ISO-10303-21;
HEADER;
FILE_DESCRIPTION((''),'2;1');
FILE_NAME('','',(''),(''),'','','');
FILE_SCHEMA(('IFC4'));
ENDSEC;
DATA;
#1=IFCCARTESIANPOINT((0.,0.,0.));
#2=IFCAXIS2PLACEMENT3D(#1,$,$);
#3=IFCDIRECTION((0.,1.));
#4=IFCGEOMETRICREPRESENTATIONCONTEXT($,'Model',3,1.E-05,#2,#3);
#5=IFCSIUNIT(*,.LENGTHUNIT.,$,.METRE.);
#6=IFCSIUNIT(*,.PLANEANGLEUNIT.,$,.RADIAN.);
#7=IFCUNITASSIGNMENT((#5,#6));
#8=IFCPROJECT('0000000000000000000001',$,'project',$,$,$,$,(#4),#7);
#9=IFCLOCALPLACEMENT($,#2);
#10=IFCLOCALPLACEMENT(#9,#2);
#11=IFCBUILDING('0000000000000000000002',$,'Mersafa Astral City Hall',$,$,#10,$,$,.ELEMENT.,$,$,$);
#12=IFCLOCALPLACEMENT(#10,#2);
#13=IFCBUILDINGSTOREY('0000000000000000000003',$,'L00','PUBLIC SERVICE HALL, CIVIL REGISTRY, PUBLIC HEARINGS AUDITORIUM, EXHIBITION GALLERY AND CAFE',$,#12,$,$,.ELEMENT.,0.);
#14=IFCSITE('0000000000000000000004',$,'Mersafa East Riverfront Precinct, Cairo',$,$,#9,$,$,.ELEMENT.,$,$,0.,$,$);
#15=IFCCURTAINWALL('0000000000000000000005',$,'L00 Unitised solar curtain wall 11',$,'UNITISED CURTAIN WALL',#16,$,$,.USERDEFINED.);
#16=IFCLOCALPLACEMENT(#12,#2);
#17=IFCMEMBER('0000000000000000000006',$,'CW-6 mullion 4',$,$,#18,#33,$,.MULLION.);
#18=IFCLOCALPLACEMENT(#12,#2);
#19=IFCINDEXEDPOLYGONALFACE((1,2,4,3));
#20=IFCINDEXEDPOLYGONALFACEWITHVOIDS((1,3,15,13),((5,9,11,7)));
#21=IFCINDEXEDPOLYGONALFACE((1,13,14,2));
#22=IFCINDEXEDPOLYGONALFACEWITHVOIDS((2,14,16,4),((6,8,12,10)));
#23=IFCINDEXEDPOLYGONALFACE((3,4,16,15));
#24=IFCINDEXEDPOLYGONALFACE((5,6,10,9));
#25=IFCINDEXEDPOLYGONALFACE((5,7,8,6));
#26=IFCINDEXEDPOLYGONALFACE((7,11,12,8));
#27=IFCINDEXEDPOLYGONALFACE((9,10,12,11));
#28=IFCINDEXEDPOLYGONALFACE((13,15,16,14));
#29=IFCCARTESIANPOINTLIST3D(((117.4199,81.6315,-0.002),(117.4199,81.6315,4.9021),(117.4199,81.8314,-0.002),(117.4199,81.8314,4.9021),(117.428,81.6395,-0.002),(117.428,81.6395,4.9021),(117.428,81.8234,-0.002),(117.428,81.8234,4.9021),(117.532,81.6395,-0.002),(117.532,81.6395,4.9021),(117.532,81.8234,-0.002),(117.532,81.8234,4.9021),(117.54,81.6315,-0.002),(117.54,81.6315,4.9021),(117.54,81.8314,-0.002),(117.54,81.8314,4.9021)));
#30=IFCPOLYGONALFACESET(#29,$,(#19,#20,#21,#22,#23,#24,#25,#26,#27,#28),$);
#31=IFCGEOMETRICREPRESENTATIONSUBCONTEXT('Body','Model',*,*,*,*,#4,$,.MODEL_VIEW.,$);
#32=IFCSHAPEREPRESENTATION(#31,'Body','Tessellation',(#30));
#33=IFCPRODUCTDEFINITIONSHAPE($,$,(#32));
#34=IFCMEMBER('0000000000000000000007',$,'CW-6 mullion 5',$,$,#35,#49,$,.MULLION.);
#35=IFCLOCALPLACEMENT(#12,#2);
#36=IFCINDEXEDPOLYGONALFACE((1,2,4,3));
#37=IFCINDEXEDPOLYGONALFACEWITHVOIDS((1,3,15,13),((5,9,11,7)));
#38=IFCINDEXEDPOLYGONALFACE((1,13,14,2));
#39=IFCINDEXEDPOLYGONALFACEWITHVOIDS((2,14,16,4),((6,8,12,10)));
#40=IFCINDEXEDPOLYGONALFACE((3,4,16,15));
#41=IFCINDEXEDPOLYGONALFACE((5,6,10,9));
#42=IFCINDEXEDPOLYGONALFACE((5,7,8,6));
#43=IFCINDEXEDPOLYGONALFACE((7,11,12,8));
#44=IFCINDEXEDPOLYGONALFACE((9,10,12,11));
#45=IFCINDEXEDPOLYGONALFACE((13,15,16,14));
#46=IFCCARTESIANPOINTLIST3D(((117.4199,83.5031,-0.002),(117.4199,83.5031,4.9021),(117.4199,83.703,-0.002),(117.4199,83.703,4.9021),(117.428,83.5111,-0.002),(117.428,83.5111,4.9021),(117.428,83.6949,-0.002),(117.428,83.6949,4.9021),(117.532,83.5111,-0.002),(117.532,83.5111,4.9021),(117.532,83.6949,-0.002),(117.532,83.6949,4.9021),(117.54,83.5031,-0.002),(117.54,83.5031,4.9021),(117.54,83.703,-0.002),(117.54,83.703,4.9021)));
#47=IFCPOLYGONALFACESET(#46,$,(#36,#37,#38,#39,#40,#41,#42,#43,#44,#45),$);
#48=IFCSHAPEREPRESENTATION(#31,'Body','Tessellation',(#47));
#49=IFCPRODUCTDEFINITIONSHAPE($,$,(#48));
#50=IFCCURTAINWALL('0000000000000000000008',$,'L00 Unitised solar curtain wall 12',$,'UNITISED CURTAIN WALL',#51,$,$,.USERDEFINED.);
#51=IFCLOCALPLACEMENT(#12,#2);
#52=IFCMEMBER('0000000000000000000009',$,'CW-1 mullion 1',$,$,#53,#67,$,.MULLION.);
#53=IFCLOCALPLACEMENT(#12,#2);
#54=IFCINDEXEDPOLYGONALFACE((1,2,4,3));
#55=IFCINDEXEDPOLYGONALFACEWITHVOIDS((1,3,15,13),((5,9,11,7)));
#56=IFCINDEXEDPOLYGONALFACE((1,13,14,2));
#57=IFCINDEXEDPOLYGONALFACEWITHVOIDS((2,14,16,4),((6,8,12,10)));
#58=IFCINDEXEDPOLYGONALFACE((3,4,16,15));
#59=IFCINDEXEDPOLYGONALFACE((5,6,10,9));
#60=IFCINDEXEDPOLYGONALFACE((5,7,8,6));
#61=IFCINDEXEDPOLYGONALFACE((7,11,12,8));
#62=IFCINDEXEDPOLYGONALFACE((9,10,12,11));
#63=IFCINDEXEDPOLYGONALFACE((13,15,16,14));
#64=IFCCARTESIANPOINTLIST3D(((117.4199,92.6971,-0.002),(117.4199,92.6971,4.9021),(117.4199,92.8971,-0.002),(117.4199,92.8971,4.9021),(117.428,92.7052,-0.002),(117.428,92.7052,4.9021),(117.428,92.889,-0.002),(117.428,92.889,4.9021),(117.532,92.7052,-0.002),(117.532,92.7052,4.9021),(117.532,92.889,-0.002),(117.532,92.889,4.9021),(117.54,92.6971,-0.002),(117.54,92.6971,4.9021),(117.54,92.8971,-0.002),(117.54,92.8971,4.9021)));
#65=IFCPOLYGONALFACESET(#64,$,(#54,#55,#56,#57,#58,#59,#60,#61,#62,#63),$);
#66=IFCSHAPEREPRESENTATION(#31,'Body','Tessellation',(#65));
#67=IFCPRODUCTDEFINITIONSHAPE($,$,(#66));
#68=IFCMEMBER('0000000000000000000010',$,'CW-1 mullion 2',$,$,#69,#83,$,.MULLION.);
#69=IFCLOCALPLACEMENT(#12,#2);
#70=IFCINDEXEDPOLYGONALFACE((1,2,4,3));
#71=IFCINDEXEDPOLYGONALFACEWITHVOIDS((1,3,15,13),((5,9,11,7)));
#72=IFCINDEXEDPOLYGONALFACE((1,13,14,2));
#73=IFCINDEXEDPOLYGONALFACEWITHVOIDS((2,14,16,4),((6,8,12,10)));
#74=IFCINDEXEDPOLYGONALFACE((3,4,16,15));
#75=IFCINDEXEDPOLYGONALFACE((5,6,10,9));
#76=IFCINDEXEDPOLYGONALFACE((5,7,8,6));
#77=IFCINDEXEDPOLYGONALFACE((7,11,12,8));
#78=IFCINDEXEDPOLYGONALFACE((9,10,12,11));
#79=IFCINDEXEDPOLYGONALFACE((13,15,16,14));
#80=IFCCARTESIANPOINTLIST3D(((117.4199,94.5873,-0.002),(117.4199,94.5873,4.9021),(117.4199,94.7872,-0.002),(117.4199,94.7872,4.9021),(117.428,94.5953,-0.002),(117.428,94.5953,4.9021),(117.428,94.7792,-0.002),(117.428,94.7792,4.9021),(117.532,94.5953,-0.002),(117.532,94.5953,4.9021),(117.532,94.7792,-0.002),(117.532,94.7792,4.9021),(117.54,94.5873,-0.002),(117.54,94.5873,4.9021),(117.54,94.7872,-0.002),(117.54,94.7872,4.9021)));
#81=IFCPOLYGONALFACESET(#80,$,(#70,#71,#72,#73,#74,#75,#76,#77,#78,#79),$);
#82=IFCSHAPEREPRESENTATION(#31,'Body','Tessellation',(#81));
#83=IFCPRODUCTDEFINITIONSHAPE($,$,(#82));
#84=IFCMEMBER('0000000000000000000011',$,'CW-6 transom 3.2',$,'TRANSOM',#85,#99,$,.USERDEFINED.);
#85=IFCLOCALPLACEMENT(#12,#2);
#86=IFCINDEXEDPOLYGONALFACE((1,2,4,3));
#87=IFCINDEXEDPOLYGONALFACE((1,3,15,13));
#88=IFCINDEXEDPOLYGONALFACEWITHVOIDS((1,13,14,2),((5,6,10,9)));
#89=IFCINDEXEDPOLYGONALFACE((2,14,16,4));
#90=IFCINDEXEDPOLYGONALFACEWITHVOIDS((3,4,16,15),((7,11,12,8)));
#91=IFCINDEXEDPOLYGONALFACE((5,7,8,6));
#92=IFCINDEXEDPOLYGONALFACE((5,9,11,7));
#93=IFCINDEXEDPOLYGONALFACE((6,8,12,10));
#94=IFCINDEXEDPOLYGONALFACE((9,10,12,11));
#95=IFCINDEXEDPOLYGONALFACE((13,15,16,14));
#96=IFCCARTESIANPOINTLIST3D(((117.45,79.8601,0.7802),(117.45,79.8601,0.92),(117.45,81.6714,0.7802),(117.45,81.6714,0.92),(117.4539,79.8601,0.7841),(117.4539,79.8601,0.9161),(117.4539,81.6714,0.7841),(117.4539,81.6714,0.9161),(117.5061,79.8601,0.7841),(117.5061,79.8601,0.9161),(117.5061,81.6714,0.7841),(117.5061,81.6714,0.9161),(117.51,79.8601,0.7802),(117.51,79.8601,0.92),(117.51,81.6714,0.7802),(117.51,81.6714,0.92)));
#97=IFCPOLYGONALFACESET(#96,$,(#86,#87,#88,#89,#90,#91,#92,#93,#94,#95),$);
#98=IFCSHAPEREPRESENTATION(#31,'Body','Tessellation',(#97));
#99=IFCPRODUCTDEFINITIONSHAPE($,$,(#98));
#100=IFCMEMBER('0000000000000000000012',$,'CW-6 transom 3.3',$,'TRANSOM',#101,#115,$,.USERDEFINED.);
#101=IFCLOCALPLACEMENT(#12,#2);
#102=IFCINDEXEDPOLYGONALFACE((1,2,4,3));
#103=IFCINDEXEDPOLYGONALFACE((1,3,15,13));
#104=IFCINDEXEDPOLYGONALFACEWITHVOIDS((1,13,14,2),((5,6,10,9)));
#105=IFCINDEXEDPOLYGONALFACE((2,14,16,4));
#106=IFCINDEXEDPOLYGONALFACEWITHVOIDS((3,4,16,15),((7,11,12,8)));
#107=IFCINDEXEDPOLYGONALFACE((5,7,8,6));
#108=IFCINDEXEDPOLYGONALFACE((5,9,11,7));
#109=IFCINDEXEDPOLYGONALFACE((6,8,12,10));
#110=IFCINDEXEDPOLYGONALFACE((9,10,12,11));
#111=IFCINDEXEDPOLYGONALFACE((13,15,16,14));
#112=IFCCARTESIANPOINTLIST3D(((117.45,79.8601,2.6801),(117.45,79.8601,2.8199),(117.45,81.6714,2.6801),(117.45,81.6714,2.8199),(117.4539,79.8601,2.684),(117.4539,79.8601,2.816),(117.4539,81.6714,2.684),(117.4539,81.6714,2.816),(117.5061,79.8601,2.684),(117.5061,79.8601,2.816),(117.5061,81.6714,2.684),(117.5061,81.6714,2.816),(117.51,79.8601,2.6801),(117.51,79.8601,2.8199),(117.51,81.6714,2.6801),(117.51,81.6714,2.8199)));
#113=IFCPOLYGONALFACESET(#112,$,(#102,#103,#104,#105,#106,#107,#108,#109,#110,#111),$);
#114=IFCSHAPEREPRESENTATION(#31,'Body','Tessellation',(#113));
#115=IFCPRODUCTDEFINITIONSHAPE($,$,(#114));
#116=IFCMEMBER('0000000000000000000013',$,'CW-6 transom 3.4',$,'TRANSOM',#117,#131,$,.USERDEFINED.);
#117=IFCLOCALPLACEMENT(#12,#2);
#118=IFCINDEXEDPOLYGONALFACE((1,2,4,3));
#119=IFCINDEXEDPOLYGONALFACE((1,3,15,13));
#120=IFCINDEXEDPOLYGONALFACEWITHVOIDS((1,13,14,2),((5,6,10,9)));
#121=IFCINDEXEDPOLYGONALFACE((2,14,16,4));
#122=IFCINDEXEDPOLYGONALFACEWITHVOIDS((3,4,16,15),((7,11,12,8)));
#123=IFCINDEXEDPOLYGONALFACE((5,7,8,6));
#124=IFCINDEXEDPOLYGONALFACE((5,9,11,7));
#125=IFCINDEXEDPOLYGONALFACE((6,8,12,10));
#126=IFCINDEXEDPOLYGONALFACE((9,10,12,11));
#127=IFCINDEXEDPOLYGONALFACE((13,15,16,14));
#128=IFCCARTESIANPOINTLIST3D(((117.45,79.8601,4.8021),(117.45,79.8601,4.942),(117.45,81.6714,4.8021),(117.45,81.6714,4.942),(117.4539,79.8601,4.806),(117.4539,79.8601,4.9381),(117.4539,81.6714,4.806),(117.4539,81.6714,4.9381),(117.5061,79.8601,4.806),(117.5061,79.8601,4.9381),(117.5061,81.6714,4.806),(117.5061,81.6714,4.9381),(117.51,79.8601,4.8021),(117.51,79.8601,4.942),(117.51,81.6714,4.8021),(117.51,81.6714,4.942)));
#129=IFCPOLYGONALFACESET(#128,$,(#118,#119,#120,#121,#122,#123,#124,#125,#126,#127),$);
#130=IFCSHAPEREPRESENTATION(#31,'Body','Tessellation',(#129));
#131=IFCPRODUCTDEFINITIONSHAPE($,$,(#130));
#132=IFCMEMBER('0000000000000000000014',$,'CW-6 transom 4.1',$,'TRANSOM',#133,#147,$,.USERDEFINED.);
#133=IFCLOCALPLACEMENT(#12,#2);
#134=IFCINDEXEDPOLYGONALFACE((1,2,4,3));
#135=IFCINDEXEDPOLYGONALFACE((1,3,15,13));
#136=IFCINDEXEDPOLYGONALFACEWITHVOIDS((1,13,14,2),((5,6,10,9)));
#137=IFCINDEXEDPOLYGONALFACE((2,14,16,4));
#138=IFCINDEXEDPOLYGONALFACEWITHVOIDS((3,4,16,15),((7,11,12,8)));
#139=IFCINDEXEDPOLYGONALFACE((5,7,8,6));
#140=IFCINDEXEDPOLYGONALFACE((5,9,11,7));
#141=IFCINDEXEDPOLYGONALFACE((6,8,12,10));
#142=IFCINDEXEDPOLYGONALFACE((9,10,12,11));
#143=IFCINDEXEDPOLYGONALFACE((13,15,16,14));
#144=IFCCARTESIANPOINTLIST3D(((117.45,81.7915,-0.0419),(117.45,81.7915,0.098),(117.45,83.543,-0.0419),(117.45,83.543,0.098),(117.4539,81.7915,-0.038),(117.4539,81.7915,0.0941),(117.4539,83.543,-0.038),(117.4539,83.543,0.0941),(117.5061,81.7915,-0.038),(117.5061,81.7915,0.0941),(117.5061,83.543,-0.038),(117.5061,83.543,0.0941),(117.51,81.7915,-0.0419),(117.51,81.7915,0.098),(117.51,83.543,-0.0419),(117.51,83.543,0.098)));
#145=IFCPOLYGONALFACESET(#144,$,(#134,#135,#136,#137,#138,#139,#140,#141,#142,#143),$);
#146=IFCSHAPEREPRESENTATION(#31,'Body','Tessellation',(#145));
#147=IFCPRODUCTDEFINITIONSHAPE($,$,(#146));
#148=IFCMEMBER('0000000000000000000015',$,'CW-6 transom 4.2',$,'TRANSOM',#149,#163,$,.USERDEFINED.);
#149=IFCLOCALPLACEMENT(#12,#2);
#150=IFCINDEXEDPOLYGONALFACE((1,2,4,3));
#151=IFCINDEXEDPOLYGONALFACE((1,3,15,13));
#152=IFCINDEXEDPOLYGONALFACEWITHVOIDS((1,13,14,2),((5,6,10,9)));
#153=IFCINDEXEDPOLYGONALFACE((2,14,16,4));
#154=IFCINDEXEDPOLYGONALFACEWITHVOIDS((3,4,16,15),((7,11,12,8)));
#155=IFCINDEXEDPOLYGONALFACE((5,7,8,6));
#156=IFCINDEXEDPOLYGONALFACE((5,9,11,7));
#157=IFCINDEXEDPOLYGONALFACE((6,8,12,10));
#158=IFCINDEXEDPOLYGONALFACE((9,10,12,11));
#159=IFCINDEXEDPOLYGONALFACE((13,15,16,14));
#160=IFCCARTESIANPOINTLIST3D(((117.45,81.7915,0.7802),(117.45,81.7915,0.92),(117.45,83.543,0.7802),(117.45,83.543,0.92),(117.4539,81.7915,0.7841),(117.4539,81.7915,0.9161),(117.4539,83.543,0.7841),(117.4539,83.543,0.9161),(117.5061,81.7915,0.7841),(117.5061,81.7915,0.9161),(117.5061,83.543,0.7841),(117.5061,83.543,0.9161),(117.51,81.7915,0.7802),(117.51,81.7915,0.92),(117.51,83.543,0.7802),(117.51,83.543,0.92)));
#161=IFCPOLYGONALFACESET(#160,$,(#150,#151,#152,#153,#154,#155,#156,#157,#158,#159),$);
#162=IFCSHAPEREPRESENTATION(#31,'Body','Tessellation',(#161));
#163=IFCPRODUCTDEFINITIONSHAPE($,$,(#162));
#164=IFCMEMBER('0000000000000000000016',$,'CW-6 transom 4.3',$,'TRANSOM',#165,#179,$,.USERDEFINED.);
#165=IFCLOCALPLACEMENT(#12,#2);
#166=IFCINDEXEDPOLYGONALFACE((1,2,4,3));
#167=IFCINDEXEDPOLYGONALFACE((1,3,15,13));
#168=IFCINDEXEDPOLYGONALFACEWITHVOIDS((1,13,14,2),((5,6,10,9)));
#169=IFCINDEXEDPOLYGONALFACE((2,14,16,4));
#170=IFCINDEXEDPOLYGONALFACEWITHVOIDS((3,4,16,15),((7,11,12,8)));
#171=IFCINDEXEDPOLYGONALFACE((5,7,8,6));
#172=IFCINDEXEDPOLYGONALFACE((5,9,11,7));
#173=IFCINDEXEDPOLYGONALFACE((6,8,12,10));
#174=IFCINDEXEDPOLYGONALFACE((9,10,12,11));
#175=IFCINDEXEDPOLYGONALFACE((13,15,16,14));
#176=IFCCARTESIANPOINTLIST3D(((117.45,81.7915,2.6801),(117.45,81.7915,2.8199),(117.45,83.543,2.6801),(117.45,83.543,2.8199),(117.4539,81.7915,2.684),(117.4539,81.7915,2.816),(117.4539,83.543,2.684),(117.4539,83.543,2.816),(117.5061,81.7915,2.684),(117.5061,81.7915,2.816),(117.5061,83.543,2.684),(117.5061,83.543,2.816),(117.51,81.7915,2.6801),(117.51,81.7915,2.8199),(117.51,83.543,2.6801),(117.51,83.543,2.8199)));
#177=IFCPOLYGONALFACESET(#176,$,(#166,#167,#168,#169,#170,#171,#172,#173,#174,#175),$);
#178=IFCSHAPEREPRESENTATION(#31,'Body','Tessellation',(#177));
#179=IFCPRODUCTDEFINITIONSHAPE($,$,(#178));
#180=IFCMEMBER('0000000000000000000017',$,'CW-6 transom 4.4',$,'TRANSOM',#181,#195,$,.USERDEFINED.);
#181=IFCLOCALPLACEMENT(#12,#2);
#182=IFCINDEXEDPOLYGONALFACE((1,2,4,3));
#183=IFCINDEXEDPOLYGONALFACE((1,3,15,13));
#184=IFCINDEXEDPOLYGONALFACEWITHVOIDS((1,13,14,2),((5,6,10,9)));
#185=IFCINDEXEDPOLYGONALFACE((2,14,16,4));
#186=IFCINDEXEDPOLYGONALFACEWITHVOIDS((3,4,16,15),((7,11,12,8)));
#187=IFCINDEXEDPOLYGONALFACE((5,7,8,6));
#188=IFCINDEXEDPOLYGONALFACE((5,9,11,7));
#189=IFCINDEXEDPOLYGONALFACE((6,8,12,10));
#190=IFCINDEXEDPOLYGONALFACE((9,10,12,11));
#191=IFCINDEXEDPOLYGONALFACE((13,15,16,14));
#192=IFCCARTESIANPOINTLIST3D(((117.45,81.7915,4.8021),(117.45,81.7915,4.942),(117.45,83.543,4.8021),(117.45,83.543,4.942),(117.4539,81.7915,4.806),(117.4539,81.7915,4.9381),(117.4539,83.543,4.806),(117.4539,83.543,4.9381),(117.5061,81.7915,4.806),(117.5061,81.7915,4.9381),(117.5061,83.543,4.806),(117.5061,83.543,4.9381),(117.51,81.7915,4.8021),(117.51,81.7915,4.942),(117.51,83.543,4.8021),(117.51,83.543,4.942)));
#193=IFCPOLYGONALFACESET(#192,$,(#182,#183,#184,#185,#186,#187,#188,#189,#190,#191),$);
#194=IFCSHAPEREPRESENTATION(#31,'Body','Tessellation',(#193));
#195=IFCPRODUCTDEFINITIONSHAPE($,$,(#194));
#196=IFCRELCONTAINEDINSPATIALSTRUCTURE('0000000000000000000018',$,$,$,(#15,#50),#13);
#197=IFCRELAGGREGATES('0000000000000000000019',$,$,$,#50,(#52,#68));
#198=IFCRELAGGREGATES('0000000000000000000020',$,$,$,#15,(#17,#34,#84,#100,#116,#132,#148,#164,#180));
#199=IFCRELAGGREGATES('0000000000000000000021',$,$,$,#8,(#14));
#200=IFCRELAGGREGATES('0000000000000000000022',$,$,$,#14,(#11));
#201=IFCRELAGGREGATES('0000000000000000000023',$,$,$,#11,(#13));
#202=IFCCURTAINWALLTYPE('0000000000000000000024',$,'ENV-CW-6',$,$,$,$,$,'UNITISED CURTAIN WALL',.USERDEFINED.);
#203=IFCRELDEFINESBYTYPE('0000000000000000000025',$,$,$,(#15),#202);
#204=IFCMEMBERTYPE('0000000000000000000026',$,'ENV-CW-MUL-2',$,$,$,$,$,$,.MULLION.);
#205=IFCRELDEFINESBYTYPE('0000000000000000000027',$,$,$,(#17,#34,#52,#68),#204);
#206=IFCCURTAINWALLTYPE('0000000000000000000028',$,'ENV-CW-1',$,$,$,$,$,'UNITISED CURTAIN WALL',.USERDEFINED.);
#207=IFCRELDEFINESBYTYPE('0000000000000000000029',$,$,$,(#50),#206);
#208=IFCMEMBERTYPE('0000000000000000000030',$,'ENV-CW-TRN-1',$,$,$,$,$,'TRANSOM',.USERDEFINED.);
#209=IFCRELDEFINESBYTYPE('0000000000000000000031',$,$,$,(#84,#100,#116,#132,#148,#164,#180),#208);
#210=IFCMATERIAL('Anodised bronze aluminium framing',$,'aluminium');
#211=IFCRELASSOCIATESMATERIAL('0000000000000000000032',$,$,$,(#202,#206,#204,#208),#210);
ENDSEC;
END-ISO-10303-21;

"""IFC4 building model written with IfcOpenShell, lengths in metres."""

from ifc_helpers import new_model, si_unit, direction, frame, origin, origin_2d, place, context, subcontext, project, spatial, hollow_rectangle, extrude, material, material_profile, profile_set, type_object, element, aggregate, save


model = new_model("IFC4")

# Units and contexts
model_context = context("Model", 3, precision=1e-05, world=origin(), true_north=direction((0.0, 1.0)))
body_context = subcontext(model_context, "Body", "Model", "MODEL_VIEW")
ifc_project = project(units=[si_unit("LENGTHUNIT", "METRE"), si_unit("PLANEANGLEUNIT", "RADIAN")], contexts=[model_context])

# Site, building, storey
site_placement = place(None, origin())
site = spatial("IfcSite", under=ifc_project, at=site_placement, Name="Mersafa East Riverfront Precinct, Cairo", CompositionType="ELEMENT", RefElevation=0.0)
building_placement = place(site_placement, origin())
building = spatial("IfcBuilding", under=site, at=building_placement, Name="Mersafa Astral City Hall", CompositionType="ELEMENT")
storey_placement = place(building_placement, origin())
storey = spatial("IfcBuildingStorey", under=building, at=storey_placement, Name="L00", Description="PUBLIC SERVICE HALL, CIVIL REGISTRY, PUBLIC HEARINGS AUDITORIUM, EXHIBITION GALLERY AND CAFE", CompositionType="ELEMENT", Elevation=0.0)

# Curtain walls, members
ifc_material_1 = material(Name="Anodised bronze aluminium framing", Category="aluminium")
curtain_wall_type_1 = type_object("IfcCurtainWallType", Name="ENV-CW-6", ElementType="UNITISED CURTAIN WALL", PredefinedType="USERDEFINED", material=ifc_material_1)
curtain_wall_1_placement = place(storey_placement, origin())
curtain_wall_1 = element("IfcCurtainWall", 1, at=curtain_wall_1_placement, inside=storey, type_object=curtain_wall_type_1, Name="L00 Unitised solar curtain wall 11", ObjectType="UNITISED CURTAIN WALL", PredefinedType="USERDEFINED")
ifc_material_profile_1 = material_profile(ifc_material_1, hollow_rectangle(XDim=0.1201, YDim=0.2, WallThickness=0.0081, at=origin_2d()), Name="RHS 120x200x8")
ifc_profile_set_1 = profile_set([ifc_material_profile_1], Name="Anodised bronze aluminium framing")
member_type_1 = type_object("IfcMemberType", Name="ENV-CW-MUL-2", PredefinedType="MULLION", material=ifc_profile_set_1)
member_1_placement = place(storey_placement, frame((117.48, 81.7314, -0.002), z_axis=(0.0, 0.0, 1.0), x_axis=(-1.0, 0.0, 0.0)))
member_1 = element("IfcMember", 2, at=member_1_placement, type_object=member_type_1, Name="CW-6 mullion 4", PredefinedType="MULLION", context=body_context, shape_type="SweptSolid", body=[
    extrude(hollow_rectangle(XDim=0.1201, YDim=0.2, WallThickness=0.0081, at=origin_2d()), origin(), (0.0, 0.0, 1.0), 4.9041),
])
member_2_placement = place(storey_placement, frame((117.48, 83.603, -0.002), z_axis=(0.0, 0.0, 1.0), x_axis=(-1.0, 0.0, 0.0)))
member_2 = element("IfcMember", 3, at=member_2_placement, type_object=member_type_1, Name="CW-6 mullion 5", PredefinedType="MULLION", context=body_context, shape_type="SweptSolid", body=[
    extrude(hollow_rectangle(XDim=0.1201, YDim=0.2, WallThickness=0.0081, at=origin_2d()), origin(), (0.0, 0.0, 1.0), 4.9041),
])
curtain_wall_type_2 = type_object("IfcCurtainWallType", Name="ENV-CW-1", ElementType="UNITISED CURTAIN WALL", PredefinedType="USERDEFINED", material=ifc_material_1)
curtain_wall_2_placement = place(storey_placement, origin())
curtain_wall_2 = element("IfcCurtainWall", 4, at=curtain_wall_2_placement, inside=storey, type_object=curtain_wall_type_2, Name="L00 Unitised solar curtain wall 12", ObjectType="UNITISED CURTAIN WALL", PredefinedType="USERDEFINED")
member_3_placement = place(storey_placement, frame((117.48, 92.7971, -0.002), z_axis=(0.0, 0.0, 1.0), x_axis=(-1.0, 0.0, 0.0)))
member_3 = element("IfcMember", 5, at=member_3_placement, type_object=member_type_1, Name="CW-1 mullion 1", PredefinedType="MULLION", context=body_context, shape_type="SweptSolid", body=[
    extrude(hollow_rectangle(XDim=0.1201, YDim=0.2, WallThickness=0.0081, at=origin_2d()), origin(), (0.0, 0.0, 1.0), 4.9041),
])
member_4_placement = place(storey_placement, frame((117.48, 94.6873, -0.002), z_axis=(0.0, 0.0, 1.0), x_axis=(-1.0, 0.0, 0.0)))
member_4 = element("IfcMember", 6, at=member_4_placement, type_object=member_type_1, Name="CW-1 mullion 2", PredefinedType="MULLION", context=body_context, shape_type="SweptSolid", body=[
    extrude(hollow_rectangle(XDim=0.1201, YDim=0.2, WallThickness=0.0081, at=origin_2d()), origin(), (0.0, 0.0, 1.0), 4.9041),
])

# Members
ifc_material_profile_2 = material_profile(ifc_material_1, hollow_rectangle(XDim=0.0601, YDim=0.1399, WallThickness=0.0039, at=origin_2d()), Name="RHS 60x140x4")
ifc_profile_set_2 = profile_set([ifc_material_profile_2], Name="Anodised bronze aluminium framing")
member_type_2 = type_object("IfcMemberType", Name="ENV-CW-TRN-1", ElementType="TRANSOM", PredefinedType="USERDEFINED", material=ifc_profile_set_2)
member_5_placement = place(storey_placement, frame((117.48, 79.8601, 0.8501), z_axis=(0.0, 1.0, 0.0), x_axis=(-1.0, 0.0, 0.0)))
member_5 = element("IfcMember", 7, at=member_5_placement, type_object=member_type_2, Name="CW-6 transom 3.2", ObjectType="TRANSOM", PredefinedType="USERDEFINED", context=body_context, shape_type="SweptSolid", body=[
    extrude(hollow_rectangle(XDim=0.0601, YDim=0.1399, WallThickness=0.0039, at=origin_2d()), origin(), (0.0, 0.0, 1.0), 1.8113),
])
member_6_placement = place(storey_placement, frame((117.48, 79.8601, 2.75), z_axis=(0.0, 1.0, 0.0), x_axis=(-1.0, 0.0, 0.0)))
member_6 = element("IfcMember", 8, at=member_6_placement, type_object=member_type_2, Name="CW-6 transom 3.3", ObjectType="TRANSOM", PredefinedType="USERDEFINED", context=body_context, shape_type="SweptSolid", body=[
    extrude(hollow_rectangle(XDim=0.0601, YDim=0.1399, WallThickness=0.0039, at=origin_2d()), origin(), (0.0, 0.0, 1.0), 1.8113),
])
member_7_placement = place(storey_placement, frame((117.48, 79.8601, 4.8721), z_axis=(0.0, 1.0, 0.0), x_axis=(-1.0, 0.0, 0.0)))
member_7 = element("IfcMember", 9, at=member_7_placement, type_object=member_type_2, Name="CW-6 transom 3.4", ObjectType="TRANSOM", PredefinedType="USERDEFINED", context=body_context, shape_type="SweptSolid", body=[
    extrude(hollow_rectangle(XDim=0.0601, YDim=0.1399, WallThickness=0.0039, at=origin_2d()), origin(), (0.0, 0.0, 1.0), 1.8113),
])
member_8_placement = place(storey_placement, frame((117.48, 81.7915, 0.0281), z_axis=(0.0, 1.0, 0.0), x_axis=(-1.0, 0.0, 0.0)))
member_8 = element("IfcMember", 10, at=member_8_placement, type_object=member_type_2, Name="CW-6 transom 4.1", ObjectType="TRANSOM", PredefinedType="USERDEFINED", context=body_context, shape_type="SweptSolid", body=[
    extrude(hollow_rectangle(XDim=0.0601, YDim=0.1399, WallThickness=0.0039, at=origin_2d()), origin(), (0.0, 0.0, 1.0), 1.7515),
])
member_9_placement = place(storey_placement, frame((117.48, 81.7915, 0.8501), z_axis=(0.0, 1.0, 0.0), x_axis=(-1.0, 0.0, 0.0)))
member_9 = element("IfcMember", 11, at=member_9_placement, type_object=member_type_2, Name="CW-6 transom 4.2", ObjectType="TRANSOM", PredefinedType="USERDEFINED", context=body_context, shape_type="SweptSolid", body=[
    extrude(hollow_rectangle(XDim=0.0601, YDim=0.1399, WallThickness=0.0039, at=origin_2d()), origin(), (0.0, 0.0, 1.0), 1.7515),
])
member_10_placement = place(storey_placement, frame((117.48, 81.7915, 2.75), z_axis=(0.0, 1.0, 0.0), x_axis=(-1.0, 0.0, 0.0)))
member_10 = element("IfcMember", 12, at=member_10_placement, type_object=member_type_2, Name="CW-6 transom 4.3", ObjectType="TRANSOM", PredefinedType="USERDEFINED", context=body_context, shape_type="SweptSolid", body=[
    extrude(hollow_rectangle(XDim=0.0601, YDim=0.1399, WallThickness=0.0039, at=origin_2d()), origin(), (0.0, 0.0, 1.0), 1.7515),
])
member_11_placement = place(storey_placement, frame((117.48, 81.7915, 4.8721), z_axis=(0.0, 1.0, 0.0), x_axis=(-1.0, 0.0, 0.0)))
member_11 = element("IfcMember", 13, at=member_11_placement, type_object=member_type_2, Name="CW-6 transom 4.4", ObjectType="TRANSOM", PredefinedType="USERDEFINED", context=body_context, shape_type="SweptSolid", body=[
    extrude(hollow_rectangle(XDim=0.0601, YDim=0.1399, WallThickness=0.0039, at=origin_2d()), origin(), (0.0, 0.0, 1.0), 1.7515),
])

aggregate(curtain_wall_2, [member_3, member_4])
aggregate(curtain_wall_1, [member_1, member_2, member_5, member_6, member_7, member_8, member_9, member_10, member_11])

save(model, "model.ifc")
